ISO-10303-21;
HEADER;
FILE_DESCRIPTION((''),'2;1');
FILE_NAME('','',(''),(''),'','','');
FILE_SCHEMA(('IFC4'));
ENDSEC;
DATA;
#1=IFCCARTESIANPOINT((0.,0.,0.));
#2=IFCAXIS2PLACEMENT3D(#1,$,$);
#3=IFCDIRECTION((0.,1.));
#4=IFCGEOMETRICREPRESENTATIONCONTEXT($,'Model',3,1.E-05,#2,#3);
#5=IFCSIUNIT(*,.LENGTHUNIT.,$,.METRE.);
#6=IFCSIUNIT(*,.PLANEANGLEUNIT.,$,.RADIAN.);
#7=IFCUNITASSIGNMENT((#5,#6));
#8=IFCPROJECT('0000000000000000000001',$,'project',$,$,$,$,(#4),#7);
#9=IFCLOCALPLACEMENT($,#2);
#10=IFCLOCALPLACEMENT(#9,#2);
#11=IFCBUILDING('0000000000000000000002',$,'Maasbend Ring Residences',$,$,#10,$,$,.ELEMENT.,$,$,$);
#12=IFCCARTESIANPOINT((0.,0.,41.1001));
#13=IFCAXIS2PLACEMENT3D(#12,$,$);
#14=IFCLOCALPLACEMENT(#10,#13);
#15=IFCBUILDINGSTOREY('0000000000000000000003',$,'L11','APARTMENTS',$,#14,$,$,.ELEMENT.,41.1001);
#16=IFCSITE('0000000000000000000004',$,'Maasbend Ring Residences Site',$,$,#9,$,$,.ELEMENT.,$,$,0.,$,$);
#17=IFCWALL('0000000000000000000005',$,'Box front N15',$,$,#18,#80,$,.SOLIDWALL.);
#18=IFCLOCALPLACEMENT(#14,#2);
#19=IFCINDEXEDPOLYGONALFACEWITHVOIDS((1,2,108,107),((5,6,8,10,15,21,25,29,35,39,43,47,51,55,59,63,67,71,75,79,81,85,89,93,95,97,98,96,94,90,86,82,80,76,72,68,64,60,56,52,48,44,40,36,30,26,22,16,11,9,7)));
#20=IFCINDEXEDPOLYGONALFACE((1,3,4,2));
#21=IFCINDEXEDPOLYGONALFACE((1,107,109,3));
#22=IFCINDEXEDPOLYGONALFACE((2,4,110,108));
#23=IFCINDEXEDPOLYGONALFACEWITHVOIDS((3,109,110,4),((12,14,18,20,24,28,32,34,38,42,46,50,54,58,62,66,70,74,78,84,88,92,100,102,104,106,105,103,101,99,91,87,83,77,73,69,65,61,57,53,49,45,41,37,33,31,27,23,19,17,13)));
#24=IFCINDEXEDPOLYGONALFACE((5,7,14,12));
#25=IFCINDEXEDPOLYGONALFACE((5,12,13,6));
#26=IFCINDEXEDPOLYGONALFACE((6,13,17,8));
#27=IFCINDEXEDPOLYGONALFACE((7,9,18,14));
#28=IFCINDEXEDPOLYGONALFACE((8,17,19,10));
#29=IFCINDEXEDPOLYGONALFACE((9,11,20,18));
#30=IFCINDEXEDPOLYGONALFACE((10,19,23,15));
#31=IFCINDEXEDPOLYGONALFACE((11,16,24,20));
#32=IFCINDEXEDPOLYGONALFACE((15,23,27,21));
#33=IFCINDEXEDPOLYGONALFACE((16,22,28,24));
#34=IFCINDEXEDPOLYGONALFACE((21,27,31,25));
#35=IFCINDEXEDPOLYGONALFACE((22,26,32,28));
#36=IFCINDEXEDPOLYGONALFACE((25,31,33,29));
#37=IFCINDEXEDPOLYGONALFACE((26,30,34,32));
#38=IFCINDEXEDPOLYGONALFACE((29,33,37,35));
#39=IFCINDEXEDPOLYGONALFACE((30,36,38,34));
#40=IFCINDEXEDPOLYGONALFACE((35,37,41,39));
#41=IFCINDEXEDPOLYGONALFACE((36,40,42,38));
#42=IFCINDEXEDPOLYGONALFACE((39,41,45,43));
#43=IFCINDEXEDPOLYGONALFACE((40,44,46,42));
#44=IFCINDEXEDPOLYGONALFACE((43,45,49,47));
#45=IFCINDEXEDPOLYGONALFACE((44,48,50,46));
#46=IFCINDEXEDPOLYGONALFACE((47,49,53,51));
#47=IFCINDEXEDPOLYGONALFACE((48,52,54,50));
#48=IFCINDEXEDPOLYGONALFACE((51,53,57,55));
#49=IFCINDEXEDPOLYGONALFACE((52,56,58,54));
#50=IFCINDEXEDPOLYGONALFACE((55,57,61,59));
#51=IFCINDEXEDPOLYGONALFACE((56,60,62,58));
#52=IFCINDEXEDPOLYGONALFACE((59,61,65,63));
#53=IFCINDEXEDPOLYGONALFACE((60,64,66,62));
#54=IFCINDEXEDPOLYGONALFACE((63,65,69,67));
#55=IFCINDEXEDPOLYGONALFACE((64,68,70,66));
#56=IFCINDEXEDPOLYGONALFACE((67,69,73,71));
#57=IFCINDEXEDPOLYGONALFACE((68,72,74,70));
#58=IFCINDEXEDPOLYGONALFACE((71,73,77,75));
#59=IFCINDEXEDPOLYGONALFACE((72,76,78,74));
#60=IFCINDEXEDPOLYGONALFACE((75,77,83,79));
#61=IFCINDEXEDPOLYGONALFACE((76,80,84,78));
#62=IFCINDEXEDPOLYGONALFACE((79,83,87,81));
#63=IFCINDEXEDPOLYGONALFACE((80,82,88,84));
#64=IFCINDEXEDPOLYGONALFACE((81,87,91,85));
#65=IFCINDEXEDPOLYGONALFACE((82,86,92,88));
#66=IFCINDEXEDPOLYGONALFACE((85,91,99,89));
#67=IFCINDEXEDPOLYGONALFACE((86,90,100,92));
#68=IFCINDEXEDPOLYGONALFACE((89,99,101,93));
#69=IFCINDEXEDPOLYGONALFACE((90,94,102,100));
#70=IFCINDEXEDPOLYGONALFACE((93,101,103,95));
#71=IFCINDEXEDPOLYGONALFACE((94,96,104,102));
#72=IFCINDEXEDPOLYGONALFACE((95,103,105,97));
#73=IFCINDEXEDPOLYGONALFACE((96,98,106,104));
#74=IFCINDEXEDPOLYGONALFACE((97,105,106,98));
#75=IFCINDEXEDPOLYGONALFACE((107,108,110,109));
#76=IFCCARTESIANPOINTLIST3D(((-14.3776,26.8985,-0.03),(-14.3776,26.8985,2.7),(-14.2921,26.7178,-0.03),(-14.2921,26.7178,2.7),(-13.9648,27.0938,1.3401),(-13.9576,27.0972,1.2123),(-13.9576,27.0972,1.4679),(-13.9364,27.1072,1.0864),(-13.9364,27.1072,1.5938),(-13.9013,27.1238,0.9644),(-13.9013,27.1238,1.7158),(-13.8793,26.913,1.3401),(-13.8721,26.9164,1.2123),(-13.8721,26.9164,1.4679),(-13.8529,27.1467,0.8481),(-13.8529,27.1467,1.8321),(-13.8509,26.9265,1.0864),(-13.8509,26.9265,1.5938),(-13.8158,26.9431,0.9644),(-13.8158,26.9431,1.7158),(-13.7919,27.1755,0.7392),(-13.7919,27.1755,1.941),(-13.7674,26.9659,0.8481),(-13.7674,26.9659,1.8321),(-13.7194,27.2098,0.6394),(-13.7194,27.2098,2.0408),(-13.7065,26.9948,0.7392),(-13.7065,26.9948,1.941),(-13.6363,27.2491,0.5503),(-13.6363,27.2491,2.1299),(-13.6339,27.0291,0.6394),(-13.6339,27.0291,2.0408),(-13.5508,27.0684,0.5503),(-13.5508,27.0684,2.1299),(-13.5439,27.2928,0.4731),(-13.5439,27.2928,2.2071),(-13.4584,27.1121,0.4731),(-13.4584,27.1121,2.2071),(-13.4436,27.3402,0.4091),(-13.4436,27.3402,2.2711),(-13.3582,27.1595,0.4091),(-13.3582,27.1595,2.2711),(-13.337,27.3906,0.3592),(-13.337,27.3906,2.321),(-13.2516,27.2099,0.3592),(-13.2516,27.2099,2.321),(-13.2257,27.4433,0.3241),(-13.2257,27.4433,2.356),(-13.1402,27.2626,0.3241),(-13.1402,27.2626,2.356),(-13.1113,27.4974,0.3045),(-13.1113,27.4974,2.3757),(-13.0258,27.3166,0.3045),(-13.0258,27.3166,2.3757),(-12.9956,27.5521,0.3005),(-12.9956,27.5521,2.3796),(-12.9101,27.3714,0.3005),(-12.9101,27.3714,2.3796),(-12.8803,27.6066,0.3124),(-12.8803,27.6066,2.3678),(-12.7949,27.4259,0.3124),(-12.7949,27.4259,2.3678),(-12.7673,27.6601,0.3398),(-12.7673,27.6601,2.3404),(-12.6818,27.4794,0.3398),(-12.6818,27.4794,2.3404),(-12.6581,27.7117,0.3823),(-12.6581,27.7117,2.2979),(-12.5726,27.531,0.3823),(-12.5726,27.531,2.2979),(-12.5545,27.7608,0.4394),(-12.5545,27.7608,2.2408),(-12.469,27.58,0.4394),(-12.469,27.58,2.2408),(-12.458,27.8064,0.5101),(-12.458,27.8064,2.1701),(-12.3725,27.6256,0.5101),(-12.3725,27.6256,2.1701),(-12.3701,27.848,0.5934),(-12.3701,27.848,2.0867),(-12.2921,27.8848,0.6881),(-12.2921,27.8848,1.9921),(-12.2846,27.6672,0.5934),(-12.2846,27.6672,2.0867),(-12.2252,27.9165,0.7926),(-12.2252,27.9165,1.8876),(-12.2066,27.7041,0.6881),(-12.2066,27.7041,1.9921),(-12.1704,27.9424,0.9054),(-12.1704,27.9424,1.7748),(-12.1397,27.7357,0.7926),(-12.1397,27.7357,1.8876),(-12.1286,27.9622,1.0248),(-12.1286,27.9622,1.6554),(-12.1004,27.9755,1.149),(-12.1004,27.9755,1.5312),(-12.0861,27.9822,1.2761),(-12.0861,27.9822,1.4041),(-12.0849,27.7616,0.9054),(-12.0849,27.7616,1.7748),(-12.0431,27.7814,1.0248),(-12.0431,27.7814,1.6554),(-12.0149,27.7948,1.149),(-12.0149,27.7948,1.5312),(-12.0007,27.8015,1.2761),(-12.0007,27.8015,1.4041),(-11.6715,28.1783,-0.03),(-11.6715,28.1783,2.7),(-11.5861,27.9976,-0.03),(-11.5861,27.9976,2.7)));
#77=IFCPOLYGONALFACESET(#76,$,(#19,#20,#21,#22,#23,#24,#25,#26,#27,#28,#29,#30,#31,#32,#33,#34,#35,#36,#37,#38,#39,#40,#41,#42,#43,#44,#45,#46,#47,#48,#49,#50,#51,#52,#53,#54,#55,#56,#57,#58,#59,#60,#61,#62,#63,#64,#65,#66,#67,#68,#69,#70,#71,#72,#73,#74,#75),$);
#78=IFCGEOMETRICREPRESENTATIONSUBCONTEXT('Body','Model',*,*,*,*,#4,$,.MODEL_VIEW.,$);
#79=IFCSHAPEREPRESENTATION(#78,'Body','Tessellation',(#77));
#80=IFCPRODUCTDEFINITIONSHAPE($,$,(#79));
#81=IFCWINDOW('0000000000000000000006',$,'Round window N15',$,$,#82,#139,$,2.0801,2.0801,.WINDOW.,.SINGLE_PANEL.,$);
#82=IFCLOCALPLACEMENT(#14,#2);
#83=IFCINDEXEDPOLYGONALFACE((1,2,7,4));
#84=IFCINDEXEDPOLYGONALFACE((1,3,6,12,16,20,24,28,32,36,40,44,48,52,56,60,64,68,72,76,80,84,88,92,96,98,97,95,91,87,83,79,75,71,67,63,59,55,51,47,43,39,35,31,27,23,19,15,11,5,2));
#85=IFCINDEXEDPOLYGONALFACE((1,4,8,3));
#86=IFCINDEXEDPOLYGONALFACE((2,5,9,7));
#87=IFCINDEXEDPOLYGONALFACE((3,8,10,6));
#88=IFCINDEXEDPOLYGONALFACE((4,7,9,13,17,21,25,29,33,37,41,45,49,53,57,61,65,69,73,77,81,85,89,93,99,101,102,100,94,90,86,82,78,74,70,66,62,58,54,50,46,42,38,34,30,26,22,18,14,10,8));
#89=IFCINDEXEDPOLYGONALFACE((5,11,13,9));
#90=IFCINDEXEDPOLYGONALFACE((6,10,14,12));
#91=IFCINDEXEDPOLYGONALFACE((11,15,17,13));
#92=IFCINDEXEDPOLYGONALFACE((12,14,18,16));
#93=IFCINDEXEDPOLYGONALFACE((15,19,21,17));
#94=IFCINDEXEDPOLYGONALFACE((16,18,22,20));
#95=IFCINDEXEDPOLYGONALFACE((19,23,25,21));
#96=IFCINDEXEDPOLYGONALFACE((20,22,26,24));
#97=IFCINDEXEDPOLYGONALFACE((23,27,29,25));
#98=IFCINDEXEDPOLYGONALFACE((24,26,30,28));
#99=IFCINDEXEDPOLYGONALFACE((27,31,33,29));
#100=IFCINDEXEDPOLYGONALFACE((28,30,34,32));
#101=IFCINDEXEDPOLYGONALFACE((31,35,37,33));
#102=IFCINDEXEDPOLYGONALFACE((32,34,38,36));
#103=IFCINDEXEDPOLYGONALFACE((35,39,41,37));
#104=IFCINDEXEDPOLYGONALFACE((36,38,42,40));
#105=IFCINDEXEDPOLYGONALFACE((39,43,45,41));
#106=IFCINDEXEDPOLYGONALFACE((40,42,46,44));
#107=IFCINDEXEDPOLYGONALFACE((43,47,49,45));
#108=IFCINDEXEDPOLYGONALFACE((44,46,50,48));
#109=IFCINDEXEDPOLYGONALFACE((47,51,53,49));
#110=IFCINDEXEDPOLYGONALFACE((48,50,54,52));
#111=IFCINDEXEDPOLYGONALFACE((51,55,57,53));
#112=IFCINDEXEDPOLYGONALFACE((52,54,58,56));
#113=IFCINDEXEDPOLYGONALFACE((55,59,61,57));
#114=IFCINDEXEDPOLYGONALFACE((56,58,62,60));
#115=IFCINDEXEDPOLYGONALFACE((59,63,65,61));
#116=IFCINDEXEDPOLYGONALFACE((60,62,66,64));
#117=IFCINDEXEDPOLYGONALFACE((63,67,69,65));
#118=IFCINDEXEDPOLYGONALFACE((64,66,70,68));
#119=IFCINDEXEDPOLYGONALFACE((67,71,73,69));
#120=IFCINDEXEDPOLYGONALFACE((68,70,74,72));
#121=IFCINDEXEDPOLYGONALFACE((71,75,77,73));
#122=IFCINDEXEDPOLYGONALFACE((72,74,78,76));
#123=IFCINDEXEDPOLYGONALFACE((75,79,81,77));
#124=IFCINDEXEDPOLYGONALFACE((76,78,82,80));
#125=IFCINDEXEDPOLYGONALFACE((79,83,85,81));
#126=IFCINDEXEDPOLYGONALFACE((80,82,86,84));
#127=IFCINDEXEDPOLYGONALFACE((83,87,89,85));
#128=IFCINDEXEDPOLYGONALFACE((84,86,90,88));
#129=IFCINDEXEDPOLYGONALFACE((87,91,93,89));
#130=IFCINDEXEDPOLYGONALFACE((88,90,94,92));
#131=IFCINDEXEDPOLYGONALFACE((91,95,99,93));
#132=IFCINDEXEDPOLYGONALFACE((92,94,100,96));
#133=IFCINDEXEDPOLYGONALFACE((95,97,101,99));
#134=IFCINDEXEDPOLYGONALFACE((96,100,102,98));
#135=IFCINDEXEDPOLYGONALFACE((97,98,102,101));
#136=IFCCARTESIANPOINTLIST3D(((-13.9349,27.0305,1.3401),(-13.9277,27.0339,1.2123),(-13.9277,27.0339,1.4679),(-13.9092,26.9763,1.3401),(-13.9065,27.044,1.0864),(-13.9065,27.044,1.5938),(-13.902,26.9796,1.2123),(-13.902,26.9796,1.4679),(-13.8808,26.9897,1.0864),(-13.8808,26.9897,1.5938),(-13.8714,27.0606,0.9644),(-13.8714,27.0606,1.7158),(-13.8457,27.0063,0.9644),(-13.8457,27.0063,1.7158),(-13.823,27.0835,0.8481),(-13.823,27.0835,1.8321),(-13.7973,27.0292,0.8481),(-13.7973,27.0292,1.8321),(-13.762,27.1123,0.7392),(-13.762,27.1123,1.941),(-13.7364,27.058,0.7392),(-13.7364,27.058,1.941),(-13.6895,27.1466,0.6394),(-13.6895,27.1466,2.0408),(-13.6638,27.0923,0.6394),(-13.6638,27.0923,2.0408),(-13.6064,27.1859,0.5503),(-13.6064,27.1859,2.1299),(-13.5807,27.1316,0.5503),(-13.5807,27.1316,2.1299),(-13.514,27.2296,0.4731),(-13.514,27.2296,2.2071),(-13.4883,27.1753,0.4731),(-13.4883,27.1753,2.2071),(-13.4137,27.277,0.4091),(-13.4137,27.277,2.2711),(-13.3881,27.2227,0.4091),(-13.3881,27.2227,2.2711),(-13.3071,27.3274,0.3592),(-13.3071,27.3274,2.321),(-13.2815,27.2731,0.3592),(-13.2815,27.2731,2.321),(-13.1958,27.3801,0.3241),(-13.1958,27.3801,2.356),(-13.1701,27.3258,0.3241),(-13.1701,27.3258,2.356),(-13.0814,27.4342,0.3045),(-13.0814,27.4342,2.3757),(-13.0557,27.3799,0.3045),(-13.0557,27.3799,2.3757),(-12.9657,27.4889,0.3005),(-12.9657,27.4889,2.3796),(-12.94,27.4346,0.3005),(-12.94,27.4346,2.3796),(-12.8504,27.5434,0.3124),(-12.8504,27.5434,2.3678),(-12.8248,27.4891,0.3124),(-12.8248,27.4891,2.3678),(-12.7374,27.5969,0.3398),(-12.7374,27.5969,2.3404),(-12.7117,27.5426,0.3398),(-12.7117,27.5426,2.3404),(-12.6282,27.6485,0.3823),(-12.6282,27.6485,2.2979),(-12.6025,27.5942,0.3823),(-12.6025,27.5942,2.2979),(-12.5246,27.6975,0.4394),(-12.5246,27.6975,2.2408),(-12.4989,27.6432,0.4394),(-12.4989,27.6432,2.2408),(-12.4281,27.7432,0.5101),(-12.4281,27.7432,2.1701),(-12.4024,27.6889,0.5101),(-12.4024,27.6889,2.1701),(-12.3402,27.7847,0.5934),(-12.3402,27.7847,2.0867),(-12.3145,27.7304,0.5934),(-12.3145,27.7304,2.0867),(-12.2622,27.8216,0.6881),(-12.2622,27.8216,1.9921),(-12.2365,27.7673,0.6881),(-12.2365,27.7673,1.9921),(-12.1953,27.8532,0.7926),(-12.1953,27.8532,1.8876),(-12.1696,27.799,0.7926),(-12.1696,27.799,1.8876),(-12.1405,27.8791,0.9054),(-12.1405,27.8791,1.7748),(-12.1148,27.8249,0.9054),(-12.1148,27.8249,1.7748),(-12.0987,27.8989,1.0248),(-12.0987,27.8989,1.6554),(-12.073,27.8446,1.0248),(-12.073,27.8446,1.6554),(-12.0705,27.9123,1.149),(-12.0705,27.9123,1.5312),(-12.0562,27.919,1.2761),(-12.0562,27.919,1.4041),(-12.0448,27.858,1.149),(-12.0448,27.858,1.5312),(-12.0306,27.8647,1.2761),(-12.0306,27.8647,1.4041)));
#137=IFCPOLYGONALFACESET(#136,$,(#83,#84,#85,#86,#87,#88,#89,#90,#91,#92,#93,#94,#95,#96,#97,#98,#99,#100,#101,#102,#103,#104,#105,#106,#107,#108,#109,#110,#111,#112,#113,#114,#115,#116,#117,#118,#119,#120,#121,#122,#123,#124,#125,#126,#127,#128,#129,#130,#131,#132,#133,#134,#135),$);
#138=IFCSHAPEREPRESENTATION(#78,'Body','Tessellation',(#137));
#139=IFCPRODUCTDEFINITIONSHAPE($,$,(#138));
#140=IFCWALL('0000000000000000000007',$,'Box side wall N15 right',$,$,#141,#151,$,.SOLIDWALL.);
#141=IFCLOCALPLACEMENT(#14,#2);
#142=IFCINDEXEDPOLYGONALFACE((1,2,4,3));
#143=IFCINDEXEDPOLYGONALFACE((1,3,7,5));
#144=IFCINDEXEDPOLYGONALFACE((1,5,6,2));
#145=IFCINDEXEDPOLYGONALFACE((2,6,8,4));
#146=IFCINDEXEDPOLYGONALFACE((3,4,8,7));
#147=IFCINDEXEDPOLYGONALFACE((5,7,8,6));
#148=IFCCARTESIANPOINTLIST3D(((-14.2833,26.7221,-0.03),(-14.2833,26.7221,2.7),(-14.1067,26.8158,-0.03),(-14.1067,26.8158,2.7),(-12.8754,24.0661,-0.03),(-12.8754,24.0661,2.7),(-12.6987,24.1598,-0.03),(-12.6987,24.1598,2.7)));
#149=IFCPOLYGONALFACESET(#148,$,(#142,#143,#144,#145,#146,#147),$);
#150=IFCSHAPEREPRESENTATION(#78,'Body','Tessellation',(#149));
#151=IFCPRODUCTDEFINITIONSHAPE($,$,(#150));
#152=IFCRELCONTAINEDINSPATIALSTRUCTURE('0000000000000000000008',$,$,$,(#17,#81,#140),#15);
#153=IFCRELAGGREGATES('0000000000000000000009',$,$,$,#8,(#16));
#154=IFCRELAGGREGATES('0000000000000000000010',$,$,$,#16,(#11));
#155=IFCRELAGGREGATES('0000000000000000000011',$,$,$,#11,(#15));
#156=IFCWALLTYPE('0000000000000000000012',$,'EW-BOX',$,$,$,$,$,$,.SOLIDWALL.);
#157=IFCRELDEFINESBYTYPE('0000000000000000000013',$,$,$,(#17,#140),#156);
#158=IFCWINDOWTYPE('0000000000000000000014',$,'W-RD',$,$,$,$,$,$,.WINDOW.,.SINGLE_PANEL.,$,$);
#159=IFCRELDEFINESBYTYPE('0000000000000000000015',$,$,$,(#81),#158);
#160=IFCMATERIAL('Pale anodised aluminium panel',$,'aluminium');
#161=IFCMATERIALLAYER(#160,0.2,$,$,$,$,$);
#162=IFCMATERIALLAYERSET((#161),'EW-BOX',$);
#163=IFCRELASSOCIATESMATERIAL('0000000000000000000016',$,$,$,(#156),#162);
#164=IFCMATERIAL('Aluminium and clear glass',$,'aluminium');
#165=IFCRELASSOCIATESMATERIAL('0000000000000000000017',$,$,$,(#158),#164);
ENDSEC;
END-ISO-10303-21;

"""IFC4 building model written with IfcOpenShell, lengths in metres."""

from ifc_helpers import new_model, si_unit, direction, frame, frame_2d, origin, place, context, subcontext, project, spatial, rectangle, circle, extrude, material, layer, layer_set, type_object, element, fill, save


model = new_model("IFC4")

# Units and contexts
model_context = context("Model", 3, precision=1e-05, world=origin(), true_north=direction((0.0, 1.0)))
body_context = subcontext(model_context, "Body", "Model", "MODEL_VIEW")
ifc_project = project(units=[si_unit("LENGTHUNIT", "METRE"), si_unit("PLANEANGLEUNIT", "RADIAN")], contexts=[model_context])

# Site, building, storey
site_placement = place(None, origin())
site = spatial("IfcSite", under=ifc_project, at=site_placement, Name="Maasbend Ring Residences Site", CompositionType="ELEMENT", RefElevation=0.0)
building_placement = place(site_placement, origin())
building = spatial("IfcBuilding", under=site, at=building_placement, Name="Maasbend Ring Residences", CompositionType="ELEMENT")
storey_placement = place(building_placement, frame((0.0, 0.0, 41.1001)))
storey = spatial("IfcBuildingStorey", under=building, at=storey_placement, Name="L11", Description="APARTMENTS", CompositionType="ELEMENT", Elevation=41.1001)

# Wall, opening, window
ifc_material_1 = material(Name="Pale anodised aluminium panel", Category="aluminium")
ifc_layer_1 = layer(ifc_material_1, 0.2)
ifc_layer_set_1 = layer_set([ifc_layer_1], Name="EW-BOX")
wall_type_1 = type_object("IfcWallType", Name="EW-BOX", PredefinedType="SOLIDWALL", material=ifc_layer_set_1)
wall_1_placement = place(storey_placement, frame((-11.6289, 28.0879, -0.03), z_axis=(0.0, 0.0, 1.0), x_axis=(-0.904, -0.427532, 0.0)))
wall_1 = element("IfcWall", 1, at=wall_1_placement, inside=storey, type_object=wall_type_1, Name="Box front N15", PredefinedType="SOLIDWALL", context=body_context, shape_type="SweptSolid", body=[
    extrude(rectangle(XDim=2.9934, YDim=0.2, at=frame_2d((1.4966, 0.0))), origin(), (0.0, 0.0, 1.0), 2.73),
])
opening_1_placement = place(wall_1_placement, frame((0.4565, 0.0, 0.3301)))
opening_1 = element("IfcOpeningElement", 2, at=opening_1_placement, cuts=wall_1, PredefinedType="OPENING", context=body_context, shape_type="SweptSolid", body=[
    extrude(circle(Radius=1.04, at=frame_2d((1.04, 1.04))), frame((0.0, 0.1099, 0.0), z_axis=(0.0, -1.0, 0.0), x_axis=(1.0, 0.0, 0.0)), (0.0, 0.0, 1.0), 0.22),
])
ifc_material_2 = material(Name="Aluminium and clear glass", Category="aluminium")
window_type_1 = type_object("IfcWindowType", Name="W-RD", PartitioningType="SINGLE_PANEL", PredefinedType="WINDOW", material=ifc_material_2)
window_1_placement = place(opening_1_placement, origin())
window_1 = element("IfcWindow", 3, at=window_1_placement, inside=storey, type_object=window_type_1, Name="Round window N15", OverallHeight=2.0801, OverallWidth=2.0801, PartitioningType="SINGLE_PANEL", PredefinedType="WINDOW", context=body_context, shape_type="SweptSolid", body=[
    extrude(circle(Radius=1.04, at=frame_2d((1.04, 1.04))), frame((0.0, 0.03, 0.0), z_axis=(0.0, -1.0, 0.0), x_axis=(1.0, 0.0, 0.0)), (0.0, 0.0, 1.0), 0.0601),
])
fill(opening_1, window_1)

# Wall
wall_2_placement = place(storey_placement, frame((-12.7871, 24.113, -0.03), z_axis=(0.0, 0.0, 1.0), x_axis=(-0.468365, 0.883535, 0.0)))
element("IfcWall", 4, at=wall_2_placement, inside=storey, type_object=wall_type_1, Name="Box side wall N15 right", PredefinedType="SOLIDWALL", context=body_context, shape_type="SweptSolid", body=[
    extrude(rectangle(XDim=3.0061, YDim=0.2, at=frame_2d((1.5029, 0.0))), origin(), (0.0, 0.0, 1.0), 2.73),
])

save(model, "model.ifc")
